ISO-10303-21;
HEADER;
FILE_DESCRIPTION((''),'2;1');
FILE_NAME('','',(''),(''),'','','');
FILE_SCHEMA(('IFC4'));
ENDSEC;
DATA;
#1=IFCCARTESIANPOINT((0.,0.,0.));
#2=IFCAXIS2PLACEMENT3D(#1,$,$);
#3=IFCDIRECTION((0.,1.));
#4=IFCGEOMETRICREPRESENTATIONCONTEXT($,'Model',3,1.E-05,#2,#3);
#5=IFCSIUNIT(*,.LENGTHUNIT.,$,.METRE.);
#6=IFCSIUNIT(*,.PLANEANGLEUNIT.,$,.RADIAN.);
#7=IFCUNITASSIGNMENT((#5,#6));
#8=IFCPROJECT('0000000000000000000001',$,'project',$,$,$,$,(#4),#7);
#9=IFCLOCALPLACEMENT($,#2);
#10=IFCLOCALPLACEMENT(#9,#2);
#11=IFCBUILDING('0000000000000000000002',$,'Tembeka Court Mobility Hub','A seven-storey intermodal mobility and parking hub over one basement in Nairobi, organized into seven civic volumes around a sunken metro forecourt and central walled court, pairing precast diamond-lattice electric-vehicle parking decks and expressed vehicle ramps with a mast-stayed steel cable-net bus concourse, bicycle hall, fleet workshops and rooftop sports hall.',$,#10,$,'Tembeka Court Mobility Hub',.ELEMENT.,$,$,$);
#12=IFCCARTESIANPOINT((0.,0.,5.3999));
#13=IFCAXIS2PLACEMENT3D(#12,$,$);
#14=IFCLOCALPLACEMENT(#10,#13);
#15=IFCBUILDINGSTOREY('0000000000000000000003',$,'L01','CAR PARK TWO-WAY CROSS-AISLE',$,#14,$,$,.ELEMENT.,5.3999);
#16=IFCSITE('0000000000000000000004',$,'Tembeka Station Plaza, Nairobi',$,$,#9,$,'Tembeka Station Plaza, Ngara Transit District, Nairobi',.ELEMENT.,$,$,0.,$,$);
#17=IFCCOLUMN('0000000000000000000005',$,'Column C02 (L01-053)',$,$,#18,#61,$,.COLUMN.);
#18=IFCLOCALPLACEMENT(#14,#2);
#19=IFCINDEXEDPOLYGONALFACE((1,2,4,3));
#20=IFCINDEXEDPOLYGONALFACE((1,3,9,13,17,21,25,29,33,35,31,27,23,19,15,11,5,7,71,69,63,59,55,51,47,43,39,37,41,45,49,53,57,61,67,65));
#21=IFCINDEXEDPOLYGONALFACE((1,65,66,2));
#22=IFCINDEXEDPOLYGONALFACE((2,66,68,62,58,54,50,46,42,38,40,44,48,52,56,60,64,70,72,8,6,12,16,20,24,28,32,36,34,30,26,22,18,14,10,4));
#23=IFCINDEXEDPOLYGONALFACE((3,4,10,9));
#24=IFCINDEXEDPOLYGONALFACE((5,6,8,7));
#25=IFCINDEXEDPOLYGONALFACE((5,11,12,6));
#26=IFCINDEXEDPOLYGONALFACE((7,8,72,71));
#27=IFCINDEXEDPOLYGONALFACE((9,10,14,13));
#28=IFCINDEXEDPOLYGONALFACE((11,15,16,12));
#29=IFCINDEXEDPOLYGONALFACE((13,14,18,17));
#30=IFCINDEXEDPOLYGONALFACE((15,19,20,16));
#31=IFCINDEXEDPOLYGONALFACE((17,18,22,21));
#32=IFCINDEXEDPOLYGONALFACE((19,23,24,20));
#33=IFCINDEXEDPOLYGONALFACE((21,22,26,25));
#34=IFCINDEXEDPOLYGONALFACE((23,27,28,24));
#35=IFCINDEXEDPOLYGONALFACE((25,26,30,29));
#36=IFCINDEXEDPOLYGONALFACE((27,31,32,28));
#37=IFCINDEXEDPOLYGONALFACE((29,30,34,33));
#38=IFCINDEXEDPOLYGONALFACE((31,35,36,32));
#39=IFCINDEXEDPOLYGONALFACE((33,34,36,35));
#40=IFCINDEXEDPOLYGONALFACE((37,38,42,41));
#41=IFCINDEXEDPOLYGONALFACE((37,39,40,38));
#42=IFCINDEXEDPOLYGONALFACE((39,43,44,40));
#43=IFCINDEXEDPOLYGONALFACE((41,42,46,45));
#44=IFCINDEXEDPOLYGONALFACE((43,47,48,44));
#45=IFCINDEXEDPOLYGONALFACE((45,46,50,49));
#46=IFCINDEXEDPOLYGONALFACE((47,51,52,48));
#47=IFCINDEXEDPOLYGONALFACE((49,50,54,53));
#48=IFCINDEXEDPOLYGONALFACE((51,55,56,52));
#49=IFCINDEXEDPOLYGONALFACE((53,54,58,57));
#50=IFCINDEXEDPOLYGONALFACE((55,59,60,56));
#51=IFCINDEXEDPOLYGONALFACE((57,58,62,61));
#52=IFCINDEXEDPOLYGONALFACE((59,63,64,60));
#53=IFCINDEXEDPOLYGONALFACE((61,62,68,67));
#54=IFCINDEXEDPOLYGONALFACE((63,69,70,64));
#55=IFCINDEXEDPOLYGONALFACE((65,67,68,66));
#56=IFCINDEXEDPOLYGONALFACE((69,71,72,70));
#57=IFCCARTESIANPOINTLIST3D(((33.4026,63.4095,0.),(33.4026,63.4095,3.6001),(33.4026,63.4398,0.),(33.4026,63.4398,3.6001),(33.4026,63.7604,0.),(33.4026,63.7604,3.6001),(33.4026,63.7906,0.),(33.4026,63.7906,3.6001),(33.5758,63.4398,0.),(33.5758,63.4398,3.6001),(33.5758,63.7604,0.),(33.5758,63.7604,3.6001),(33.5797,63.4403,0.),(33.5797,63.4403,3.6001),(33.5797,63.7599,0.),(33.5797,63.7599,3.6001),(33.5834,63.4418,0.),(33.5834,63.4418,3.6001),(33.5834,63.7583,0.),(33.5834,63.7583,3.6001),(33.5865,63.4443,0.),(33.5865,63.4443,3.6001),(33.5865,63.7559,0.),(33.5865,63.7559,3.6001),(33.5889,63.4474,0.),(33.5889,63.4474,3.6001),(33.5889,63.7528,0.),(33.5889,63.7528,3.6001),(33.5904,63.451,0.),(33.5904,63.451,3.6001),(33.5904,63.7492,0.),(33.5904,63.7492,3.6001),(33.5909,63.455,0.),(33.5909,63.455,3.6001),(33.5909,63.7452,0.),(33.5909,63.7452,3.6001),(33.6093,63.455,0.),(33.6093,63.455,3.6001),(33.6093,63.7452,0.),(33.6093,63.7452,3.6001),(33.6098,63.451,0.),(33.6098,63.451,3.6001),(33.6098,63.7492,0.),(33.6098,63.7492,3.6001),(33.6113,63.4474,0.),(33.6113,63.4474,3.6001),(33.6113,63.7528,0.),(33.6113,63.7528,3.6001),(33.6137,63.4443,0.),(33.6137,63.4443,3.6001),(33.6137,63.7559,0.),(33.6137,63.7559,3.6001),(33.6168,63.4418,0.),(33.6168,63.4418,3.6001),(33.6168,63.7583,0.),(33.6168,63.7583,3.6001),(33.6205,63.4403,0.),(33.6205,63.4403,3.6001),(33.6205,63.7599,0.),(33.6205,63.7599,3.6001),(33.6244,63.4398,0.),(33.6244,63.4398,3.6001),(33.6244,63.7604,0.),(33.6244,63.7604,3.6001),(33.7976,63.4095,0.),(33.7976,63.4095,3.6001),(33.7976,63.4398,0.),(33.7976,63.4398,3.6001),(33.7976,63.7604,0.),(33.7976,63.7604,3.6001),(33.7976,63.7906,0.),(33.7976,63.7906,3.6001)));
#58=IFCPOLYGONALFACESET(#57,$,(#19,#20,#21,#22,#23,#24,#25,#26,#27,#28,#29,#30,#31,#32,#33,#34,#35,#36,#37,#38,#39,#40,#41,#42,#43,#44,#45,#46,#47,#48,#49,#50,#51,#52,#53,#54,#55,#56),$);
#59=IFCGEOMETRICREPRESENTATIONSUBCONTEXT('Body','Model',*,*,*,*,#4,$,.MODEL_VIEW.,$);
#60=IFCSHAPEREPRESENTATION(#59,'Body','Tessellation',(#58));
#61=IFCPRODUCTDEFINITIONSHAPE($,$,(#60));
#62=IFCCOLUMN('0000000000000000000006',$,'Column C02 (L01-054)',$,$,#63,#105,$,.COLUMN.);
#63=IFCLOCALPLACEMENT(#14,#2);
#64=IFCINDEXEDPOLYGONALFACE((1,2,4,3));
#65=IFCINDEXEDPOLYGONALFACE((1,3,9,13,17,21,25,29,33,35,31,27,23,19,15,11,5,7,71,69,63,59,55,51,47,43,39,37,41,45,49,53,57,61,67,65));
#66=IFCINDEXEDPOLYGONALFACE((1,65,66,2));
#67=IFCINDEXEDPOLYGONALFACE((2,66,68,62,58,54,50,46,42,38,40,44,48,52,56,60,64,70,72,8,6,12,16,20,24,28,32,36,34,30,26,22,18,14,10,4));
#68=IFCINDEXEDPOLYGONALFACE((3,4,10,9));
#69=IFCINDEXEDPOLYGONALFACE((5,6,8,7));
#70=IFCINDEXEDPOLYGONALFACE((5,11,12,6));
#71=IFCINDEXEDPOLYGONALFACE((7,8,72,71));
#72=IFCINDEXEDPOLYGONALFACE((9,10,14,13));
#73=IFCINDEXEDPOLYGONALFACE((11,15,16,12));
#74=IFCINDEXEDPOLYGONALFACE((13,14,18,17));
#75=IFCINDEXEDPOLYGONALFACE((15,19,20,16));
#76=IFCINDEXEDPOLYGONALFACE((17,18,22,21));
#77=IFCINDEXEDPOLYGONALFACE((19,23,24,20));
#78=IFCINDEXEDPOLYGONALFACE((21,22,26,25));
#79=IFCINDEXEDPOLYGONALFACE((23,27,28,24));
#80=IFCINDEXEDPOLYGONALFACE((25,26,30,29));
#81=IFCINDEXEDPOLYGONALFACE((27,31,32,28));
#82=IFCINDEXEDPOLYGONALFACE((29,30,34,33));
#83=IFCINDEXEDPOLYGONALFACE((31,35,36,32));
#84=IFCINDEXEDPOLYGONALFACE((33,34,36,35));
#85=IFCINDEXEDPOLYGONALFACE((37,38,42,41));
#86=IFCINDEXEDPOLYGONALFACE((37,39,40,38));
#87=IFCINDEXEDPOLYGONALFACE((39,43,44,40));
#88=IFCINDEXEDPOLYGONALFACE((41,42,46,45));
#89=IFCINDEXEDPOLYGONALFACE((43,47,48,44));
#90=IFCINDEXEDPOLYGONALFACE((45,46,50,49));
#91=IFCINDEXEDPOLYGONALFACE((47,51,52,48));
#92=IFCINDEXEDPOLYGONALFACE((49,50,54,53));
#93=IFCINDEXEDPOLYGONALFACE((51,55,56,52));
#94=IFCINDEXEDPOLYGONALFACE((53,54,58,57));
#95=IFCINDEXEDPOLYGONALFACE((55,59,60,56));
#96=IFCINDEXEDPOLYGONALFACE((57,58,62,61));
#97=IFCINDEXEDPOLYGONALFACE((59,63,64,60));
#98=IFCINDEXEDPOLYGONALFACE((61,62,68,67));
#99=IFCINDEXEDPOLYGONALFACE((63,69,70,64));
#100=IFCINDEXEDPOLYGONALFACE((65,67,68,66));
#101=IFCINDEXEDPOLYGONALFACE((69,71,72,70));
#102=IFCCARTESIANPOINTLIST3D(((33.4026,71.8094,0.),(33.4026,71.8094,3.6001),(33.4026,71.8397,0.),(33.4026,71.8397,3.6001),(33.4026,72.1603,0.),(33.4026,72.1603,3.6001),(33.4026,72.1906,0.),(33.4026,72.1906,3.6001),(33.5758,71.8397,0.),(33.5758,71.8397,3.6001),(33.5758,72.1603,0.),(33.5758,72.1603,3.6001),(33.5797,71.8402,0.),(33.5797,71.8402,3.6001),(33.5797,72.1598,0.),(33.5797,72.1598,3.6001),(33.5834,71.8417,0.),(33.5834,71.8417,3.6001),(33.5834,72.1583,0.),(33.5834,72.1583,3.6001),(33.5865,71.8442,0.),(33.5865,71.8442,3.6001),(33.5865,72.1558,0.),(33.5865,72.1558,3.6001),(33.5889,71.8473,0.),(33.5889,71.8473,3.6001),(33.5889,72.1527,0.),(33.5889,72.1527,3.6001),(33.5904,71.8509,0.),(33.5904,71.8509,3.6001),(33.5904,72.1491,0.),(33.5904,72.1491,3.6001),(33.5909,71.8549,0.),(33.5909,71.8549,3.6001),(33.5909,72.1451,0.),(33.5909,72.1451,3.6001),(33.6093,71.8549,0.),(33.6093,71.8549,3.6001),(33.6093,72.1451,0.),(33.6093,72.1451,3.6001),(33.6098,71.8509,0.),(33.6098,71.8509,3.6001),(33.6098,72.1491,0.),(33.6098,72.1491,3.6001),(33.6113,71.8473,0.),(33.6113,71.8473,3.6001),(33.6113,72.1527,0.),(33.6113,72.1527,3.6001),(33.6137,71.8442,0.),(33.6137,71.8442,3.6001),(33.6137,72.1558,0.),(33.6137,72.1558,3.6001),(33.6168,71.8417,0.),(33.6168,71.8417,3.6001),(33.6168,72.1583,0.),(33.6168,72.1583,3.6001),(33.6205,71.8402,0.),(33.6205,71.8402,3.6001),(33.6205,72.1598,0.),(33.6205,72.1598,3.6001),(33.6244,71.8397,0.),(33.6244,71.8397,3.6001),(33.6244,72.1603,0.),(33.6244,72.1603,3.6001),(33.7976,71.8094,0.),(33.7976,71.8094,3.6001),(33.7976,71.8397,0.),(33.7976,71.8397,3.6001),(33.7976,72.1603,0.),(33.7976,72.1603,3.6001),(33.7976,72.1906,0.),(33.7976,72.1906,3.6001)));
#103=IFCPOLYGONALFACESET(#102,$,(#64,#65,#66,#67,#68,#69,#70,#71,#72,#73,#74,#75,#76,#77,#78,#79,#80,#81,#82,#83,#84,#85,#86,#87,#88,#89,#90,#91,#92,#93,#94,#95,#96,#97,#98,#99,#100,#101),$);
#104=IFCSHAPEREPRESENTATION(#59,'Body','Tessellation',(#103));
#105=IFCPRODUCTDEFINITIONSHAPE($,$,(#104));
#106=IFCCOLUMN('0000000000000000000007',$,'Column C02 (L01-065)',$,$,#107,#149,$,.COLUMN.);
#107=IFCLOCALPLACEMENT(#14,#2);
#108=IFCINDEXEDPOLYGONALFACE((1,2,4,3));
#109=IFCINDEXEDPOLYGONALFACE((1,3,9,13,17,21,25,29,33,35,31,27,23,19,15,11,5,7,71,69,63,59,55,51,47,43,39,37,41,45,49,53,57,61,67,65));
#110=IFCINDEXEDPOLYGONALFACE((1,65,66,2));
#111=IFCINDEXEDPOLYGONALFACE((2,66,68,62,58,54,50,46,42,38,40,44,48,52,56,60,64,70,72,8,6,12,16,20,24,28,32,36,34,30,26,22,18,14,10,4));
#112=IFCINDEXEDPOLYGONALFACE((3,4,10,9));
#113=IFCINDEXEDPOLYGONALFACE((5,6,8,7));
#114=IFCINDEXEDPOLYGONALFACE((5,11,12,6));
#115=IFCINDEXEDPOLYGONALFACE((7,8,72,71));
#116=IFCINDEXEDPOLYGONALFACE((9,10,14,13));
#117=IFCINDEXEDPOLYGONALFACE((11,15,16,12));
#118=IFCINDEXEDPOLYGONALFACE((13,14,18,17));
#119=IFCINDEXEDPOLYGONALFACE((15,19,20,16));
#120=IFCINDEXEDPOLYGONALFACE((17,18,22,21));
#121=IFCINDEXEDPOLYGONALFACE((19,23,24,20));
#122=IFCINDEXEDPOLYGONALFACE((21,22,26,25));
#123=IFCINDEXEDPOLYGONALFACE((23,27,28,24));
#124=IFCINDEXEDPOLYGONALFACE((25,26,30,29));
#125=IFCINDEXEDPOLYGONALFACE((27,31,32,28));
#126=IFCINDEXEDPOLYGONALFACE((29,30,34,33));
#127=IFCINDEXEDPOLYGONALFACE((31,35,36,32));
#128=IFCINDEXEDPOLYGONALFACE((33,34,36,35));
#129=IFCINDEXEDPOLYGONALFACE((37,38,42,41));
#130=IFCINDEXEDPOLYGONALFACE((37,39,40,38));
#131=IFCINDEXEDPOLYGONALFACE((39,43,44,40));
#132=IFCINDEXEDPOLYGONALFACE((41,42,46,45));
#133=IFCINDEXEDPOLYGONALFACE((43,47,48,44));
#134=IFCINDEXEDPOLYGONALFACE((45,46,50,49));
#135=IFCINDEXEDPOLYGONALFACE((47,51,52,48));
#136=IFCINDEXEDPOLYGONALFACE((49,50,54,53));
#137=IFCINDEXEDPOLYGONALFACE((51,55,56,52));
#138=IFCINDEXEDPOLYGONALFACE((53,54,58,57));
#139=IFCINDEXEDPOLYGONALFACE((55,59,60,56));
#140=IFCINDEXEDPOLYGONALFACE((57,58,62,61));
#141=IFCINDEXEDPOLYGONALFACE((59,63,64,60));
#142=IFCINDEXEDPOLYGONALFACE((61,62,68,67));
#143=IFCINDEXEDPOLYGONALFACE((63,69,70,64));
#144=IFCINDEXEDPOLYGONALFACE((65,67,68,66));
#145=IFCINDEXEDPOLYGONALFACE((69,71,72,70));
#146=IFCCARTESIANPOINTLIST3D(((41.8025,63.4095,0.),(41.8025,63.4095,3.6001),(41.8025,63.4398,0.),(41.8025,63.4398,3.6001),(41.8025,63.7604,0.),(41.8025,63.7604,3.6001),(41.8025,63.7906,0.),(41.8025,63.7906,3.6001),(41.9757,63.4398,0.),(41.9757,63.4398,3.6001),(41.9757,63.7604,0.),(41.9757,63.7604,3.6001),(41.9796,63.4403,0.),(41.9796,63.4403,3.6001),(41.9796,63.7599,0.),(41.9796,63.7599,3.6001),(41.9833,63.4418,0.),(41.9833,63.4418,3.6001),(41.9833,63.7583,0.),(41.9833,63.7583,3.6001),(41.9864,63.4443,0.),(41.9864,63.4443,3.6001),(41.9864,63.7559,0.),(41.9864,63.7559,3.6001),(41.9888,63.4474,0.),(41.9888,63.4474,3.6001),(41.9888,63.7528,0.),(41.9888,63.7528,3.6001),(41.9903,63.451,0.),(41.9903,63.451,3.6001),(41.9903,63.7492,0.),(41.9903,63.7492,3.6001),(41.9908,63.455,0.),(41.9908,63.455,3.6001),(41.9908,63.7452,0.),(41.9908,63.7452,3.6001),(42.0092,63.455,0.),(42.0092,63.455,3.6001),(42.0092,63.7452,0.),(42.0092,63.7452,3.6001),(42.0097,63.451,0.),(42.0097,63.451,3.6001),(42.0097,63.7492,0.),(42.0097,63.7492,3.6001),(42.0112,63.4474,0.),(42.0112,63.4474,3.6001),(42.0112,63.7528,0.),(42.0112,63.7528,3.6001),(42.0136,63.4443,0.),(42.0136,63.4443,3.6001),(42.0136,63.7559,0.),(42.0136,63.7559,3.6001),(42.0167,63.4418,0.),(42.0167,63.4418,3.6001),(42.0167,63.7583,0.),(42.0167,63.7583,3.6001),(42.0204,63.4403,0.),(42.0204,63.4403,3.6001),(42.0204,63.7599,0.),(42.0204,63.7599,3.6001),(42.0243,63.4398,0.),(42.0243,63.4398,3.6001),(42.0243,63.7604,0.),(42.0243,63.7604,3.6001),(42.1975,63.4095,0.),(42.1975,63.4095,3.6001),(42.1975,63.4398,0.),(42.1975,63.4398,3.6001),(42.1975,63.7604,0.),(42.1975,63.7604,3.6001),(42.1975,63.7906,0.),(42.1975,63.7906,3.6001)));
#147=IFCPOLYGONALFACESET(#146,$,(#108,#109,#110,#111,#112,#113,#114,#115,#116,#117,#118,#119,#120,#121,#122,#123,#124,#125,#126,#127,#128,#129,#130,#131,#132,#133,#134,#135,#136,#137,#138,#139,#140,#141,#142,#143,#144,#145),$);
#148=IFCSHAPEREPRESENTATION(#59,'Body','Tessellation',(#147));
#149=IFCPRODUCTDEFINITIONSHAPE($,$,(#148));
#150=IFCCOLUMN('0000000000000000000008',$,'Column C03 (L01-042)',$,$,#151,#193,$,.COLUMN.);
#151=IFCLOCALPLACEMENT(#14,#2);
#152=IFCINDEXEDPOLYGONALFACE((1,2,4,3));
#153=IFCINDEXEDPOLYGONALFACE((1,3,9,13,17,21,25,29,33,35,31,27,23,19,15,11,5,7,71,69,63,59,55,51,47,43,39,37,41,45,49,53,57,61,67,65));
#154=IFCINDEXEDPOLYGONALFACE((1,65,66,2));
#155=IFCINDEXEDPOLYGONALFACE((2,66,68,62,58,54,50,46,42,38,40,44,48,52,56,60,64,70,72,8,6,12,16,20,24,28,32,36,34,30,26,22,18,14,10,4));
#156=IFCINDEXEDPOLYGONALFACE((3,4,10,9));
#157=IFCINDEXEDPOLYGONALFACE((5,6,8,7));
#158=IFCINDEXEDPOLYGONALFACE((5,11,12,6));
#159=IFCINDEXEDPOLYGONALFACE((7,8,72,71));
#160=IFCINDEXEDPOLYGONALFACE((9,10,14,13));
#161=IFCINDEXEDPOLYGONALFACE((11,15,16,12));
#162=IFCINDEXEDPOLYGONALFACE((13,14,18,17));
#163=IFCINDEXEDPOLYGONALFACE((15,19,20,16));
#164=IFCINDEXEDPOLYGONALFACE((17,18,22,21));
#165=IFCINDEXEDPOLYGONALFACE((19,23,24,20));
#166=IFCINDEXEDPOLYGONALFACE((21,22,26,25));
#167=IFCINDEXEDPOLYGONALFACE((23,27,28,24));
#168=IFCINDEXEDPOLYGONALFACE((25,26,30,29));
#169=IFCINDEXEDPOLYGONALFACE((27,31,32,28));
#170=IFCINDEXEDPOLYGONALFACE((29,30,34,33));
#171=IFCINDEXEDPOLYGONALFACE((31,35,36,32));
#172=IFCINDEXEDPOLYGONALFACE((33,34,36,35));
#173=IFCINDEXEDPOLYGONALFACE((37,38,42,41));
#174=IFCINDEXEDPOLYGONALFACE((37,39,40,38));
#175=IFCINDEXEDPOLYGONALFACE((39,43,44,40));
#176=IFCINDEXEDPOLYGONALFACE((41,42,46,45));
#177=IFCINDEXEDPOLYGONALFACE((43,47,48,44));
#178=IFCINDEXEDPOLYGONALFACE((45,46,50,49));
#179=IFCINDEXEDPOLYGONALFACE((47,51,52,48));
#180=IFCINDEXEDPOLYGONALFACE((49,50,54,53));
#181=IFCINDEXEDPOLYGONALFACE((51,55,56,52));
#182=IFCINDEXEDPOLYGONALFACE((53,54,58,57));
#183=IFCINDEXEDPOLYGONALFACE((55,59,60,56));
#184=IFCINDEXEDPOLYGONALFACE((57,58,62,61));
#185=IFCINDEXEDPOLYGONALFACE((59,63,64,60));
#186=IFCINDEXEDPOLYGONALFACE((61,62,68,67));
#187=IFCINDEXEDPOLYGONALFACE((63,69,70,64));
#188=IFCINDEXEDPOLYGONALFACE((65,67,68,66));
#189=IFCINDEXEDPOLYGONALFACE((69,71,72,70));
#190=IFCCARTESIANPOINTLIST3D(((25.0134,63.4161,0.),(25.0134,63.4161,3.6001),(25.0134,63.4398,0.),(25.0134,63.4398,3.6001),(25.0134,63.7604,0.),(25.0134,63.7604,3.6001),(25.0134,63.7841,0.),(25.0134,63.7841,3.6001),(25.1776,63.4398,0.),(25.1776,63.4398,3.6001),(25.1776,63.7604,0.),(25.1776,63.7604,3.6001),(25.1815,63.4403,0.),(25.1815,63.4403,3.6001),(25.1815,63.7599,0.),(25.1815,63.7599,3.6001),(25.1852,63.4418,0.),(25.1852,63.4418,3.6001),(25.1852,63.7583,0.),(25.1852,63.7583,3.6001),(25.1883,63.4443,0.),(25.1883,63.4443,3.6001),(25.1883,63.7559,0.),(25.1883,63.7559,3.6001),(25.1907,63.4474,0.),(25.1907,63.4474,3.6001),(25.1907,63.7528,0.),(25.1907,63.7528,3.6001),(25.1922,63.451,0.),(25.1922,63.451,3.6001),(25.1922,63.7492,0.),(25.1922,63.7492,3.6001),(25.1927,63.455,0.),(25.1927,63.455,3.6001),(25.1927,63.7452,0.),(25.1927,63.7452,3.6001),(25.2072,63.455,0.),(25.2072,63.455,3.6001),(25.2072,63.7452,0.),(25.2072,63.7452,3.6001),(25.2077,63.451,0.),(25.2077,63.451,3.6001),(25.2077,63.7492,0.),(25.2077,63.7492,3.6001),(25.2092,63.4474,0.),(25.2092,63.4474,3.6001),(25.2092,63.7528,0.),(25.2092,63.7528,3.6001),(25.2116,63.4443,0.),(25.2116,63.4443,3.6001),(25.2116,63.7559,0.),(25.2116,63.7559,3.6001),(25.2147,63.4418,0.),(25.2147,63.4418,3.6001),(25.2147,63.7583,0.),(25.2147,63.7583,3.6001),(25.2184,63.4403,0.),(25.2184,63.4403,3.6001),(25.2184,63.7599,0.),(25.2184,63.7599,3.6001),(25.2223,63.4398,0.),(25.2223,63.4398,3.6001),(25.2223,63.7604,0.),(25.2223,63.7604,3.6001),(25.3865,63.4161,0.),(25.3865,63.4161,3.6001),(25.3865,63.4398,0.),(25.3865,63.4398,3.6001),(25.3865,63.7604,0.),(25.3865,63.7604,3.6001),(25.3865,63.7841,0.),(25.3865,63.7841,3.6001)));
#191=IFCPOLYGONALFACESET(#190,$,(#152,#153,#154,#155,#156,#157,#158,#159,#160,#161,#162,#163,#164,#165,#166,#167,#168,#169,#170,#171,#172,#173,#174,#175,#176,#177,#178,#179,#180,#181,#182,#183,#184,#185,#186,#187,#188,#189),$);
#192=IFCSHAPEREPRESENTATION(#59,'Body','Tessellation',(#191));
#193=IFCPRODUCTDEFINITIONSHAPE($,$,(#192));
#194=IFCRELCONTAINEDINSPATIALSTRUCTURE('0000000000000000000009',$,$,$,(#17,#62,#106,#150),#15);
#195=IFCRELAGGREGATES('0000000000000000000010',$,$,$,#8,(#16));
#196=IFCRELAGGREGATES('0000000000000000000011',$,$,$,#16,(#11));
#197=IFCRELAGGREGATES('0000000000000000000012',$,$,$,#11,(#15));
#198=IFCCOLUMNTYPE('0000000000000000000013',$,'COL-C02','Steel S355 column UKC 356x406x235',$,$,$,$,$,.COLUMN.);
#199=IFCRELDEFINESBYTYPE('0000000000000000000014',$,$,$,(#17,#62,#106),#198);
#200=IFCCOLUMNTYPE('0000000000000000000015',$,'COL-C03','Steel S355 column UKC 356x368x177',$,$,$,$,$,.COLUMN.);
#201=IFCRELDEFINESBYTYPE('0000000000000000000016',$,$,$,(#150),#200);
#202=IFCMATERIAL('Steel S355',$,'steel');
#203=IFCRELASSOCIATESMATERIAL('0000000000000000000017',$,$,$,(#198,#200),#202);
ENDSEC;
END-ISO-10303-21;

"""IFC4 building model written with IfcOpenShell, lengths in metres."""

from ifc_helpers import new_model, si_unit, direction, frame, origin, origin_2d, place, context, subcontext, project, spatial, i_section, extrude, material, material_profile, profile_set, type_object, element, save


model = new_model("IFC4")

# Units and contexts
model_context = context("Model", 3, precision=1e-05, world=origin(), true_north=direction((0.0, 1.0)))
body_context = subcontext(model_context, "Body", "Model", "MODEL_VIEW")
ifc_project = project(units=[si_unit("LENGTHUNIT", "METRE"), si_unit("PLANEANGLEUNIT", "RADIAN")], contexts=[model_context])

# Site, building, storey
site_placement = place(None, origin())
site = spatial("IfcSite", under=ifc_project, at=site_placement, Name="Tembeka Station Plaza, Nairobi", LongName="Tembeka Station Plaza, Ngara Transit District, Nairobi", CompositionType="ELEMENT", RefElevation=0.0)
building_placement = place(site_placement, origin())
building = spatial("IfcBuilding", under=site, at=building_placement, Name="Tembeka Court Mobility Hub", Description="A seven-storey intermodal mobility and parking hub over one basement in Nairobi, organized into seven civic volumes around a sunken metro forecourt and central walled court, pairing precast diamond-lattice electric-vehicle parking decks and expressed vehicle ramps with a mast-stayed steel cable-net bus concourse, bicycle hall, fleet workshops and rooftop sports hall.", LongName="Tembeka Court Mobility Hub", CompositionType="ELEMENT")
storey_placement = place(building_placement, frame((0.0, 0.0, 5.3999)))
storey = spatial("IfcBuildingStorey", under=building, at=storey_placement, Name="L01", Description="CAR PARK TWO-WAY CROSS-AISLE", CompositionType="ELEMENT", Elevation=5.3999)

# Columns
ifc_material_1 = material(Name="Steel S355", Category="steel")
ifc_material_profile_1 = material_profile(ifc_material_1, i_section(OverallWidth=0.395, OverallDepth=0.3811, WebThickness=0.0183, FlangeThickness=0.0303, FilletRadius=0.0151, at=origin_2d()), Name="UKC 356x406x235")
ifc_profile_set_1 = profile_set([ifc_material_profile_1], Name="Steel S355")
column_type_1 = type_object("IfcColumnType", Name="COL-C02", Description="Steel S355 column UKC 356x406x235", PredefinedType="COLUMN", material=ifc_profile_set_1)
for number, where, z_axis, x_axis, name in (
    (1, (33.6001, 63.6001, 0.0), (0.0, 0.0, 1.0), (1.0, 0.0, 0.0), "Column C02 (L01-053)"),
    (2, (33.6001, 72.0, 0.0), (0.0, 0.0, 1.0), (1.0, 0.0, 0.0), "Column C02 (L01-054)"),
    (3, (42.0, 63.6001, 0.0), (0.0, 0.0, 1.0), (1.0, 0.0, 0.0), "Column C02 (L01-065)"),
):
    element("IfcColumn", number, at=place(storey_placement, frame(where, z_axis=z_axis, x_axis=x_axis)), inside=storey, type_object=column_type_1, Name=name, PredefinedType="COLUMN", context=body_context, shape_type="SweptSolid", body=[
        extrude(i_section(OverallWidth=0.395, OverallDepth=0.3811, WebThickness=0.0183, FlangeThickness=0.0303, FilletRadius=0.0151, at=origin_2d()), origin(), (0.0, 0.0, 1.0), 3.6001),
    ])
ifc_material_profile_2 = material_profile(ifc_material_1, i_section(OverallWidth=0.373, OverallDepth=0.3679, WebThickness=0.0144, FlangeThickness=0.0237, FilletRadius=0.0151, at=origin_2d()), Name="UKC 356x368x177")
ifc_profile_set_2 = profile_set([ifc_material_profile_2], Name="Steel S355")
column_type_2 = type_object("IfcColumnType", Name="COL-C03", Description="Steel S355 column UKC 356x368x177", PredefinedType="COLUMN", material=ifc_profile_set_2)
for number, where, z_axis, x_axis, name in (
    (4, (25.2, 63.6001, 0.0), (0.0, 0.0, 1.0), (1.0, 0.0, 0.0), "Column C03 (L01-042)"),
):
    element("IfcColumn", number, at=place(storey_placement, frame(where, z_axis=z_axis, x_axis=x_axis)), inside=storey, type_object=column_type_2, Name=name, PredefinedType="COLUMN", context=body_context, shape_type="SweptSolid", body=[
        extrude(i_section(OverallWidth=0.373, OverallDepth=0.3679, WebThickness=0.0144, FlangeThickness=0.0237, FilletRadius=0.0151, at=origin_2d()), origin(), (0.0, 0.0, 1.0), 3.6001),
    ])

save(model, "model.ifc")
